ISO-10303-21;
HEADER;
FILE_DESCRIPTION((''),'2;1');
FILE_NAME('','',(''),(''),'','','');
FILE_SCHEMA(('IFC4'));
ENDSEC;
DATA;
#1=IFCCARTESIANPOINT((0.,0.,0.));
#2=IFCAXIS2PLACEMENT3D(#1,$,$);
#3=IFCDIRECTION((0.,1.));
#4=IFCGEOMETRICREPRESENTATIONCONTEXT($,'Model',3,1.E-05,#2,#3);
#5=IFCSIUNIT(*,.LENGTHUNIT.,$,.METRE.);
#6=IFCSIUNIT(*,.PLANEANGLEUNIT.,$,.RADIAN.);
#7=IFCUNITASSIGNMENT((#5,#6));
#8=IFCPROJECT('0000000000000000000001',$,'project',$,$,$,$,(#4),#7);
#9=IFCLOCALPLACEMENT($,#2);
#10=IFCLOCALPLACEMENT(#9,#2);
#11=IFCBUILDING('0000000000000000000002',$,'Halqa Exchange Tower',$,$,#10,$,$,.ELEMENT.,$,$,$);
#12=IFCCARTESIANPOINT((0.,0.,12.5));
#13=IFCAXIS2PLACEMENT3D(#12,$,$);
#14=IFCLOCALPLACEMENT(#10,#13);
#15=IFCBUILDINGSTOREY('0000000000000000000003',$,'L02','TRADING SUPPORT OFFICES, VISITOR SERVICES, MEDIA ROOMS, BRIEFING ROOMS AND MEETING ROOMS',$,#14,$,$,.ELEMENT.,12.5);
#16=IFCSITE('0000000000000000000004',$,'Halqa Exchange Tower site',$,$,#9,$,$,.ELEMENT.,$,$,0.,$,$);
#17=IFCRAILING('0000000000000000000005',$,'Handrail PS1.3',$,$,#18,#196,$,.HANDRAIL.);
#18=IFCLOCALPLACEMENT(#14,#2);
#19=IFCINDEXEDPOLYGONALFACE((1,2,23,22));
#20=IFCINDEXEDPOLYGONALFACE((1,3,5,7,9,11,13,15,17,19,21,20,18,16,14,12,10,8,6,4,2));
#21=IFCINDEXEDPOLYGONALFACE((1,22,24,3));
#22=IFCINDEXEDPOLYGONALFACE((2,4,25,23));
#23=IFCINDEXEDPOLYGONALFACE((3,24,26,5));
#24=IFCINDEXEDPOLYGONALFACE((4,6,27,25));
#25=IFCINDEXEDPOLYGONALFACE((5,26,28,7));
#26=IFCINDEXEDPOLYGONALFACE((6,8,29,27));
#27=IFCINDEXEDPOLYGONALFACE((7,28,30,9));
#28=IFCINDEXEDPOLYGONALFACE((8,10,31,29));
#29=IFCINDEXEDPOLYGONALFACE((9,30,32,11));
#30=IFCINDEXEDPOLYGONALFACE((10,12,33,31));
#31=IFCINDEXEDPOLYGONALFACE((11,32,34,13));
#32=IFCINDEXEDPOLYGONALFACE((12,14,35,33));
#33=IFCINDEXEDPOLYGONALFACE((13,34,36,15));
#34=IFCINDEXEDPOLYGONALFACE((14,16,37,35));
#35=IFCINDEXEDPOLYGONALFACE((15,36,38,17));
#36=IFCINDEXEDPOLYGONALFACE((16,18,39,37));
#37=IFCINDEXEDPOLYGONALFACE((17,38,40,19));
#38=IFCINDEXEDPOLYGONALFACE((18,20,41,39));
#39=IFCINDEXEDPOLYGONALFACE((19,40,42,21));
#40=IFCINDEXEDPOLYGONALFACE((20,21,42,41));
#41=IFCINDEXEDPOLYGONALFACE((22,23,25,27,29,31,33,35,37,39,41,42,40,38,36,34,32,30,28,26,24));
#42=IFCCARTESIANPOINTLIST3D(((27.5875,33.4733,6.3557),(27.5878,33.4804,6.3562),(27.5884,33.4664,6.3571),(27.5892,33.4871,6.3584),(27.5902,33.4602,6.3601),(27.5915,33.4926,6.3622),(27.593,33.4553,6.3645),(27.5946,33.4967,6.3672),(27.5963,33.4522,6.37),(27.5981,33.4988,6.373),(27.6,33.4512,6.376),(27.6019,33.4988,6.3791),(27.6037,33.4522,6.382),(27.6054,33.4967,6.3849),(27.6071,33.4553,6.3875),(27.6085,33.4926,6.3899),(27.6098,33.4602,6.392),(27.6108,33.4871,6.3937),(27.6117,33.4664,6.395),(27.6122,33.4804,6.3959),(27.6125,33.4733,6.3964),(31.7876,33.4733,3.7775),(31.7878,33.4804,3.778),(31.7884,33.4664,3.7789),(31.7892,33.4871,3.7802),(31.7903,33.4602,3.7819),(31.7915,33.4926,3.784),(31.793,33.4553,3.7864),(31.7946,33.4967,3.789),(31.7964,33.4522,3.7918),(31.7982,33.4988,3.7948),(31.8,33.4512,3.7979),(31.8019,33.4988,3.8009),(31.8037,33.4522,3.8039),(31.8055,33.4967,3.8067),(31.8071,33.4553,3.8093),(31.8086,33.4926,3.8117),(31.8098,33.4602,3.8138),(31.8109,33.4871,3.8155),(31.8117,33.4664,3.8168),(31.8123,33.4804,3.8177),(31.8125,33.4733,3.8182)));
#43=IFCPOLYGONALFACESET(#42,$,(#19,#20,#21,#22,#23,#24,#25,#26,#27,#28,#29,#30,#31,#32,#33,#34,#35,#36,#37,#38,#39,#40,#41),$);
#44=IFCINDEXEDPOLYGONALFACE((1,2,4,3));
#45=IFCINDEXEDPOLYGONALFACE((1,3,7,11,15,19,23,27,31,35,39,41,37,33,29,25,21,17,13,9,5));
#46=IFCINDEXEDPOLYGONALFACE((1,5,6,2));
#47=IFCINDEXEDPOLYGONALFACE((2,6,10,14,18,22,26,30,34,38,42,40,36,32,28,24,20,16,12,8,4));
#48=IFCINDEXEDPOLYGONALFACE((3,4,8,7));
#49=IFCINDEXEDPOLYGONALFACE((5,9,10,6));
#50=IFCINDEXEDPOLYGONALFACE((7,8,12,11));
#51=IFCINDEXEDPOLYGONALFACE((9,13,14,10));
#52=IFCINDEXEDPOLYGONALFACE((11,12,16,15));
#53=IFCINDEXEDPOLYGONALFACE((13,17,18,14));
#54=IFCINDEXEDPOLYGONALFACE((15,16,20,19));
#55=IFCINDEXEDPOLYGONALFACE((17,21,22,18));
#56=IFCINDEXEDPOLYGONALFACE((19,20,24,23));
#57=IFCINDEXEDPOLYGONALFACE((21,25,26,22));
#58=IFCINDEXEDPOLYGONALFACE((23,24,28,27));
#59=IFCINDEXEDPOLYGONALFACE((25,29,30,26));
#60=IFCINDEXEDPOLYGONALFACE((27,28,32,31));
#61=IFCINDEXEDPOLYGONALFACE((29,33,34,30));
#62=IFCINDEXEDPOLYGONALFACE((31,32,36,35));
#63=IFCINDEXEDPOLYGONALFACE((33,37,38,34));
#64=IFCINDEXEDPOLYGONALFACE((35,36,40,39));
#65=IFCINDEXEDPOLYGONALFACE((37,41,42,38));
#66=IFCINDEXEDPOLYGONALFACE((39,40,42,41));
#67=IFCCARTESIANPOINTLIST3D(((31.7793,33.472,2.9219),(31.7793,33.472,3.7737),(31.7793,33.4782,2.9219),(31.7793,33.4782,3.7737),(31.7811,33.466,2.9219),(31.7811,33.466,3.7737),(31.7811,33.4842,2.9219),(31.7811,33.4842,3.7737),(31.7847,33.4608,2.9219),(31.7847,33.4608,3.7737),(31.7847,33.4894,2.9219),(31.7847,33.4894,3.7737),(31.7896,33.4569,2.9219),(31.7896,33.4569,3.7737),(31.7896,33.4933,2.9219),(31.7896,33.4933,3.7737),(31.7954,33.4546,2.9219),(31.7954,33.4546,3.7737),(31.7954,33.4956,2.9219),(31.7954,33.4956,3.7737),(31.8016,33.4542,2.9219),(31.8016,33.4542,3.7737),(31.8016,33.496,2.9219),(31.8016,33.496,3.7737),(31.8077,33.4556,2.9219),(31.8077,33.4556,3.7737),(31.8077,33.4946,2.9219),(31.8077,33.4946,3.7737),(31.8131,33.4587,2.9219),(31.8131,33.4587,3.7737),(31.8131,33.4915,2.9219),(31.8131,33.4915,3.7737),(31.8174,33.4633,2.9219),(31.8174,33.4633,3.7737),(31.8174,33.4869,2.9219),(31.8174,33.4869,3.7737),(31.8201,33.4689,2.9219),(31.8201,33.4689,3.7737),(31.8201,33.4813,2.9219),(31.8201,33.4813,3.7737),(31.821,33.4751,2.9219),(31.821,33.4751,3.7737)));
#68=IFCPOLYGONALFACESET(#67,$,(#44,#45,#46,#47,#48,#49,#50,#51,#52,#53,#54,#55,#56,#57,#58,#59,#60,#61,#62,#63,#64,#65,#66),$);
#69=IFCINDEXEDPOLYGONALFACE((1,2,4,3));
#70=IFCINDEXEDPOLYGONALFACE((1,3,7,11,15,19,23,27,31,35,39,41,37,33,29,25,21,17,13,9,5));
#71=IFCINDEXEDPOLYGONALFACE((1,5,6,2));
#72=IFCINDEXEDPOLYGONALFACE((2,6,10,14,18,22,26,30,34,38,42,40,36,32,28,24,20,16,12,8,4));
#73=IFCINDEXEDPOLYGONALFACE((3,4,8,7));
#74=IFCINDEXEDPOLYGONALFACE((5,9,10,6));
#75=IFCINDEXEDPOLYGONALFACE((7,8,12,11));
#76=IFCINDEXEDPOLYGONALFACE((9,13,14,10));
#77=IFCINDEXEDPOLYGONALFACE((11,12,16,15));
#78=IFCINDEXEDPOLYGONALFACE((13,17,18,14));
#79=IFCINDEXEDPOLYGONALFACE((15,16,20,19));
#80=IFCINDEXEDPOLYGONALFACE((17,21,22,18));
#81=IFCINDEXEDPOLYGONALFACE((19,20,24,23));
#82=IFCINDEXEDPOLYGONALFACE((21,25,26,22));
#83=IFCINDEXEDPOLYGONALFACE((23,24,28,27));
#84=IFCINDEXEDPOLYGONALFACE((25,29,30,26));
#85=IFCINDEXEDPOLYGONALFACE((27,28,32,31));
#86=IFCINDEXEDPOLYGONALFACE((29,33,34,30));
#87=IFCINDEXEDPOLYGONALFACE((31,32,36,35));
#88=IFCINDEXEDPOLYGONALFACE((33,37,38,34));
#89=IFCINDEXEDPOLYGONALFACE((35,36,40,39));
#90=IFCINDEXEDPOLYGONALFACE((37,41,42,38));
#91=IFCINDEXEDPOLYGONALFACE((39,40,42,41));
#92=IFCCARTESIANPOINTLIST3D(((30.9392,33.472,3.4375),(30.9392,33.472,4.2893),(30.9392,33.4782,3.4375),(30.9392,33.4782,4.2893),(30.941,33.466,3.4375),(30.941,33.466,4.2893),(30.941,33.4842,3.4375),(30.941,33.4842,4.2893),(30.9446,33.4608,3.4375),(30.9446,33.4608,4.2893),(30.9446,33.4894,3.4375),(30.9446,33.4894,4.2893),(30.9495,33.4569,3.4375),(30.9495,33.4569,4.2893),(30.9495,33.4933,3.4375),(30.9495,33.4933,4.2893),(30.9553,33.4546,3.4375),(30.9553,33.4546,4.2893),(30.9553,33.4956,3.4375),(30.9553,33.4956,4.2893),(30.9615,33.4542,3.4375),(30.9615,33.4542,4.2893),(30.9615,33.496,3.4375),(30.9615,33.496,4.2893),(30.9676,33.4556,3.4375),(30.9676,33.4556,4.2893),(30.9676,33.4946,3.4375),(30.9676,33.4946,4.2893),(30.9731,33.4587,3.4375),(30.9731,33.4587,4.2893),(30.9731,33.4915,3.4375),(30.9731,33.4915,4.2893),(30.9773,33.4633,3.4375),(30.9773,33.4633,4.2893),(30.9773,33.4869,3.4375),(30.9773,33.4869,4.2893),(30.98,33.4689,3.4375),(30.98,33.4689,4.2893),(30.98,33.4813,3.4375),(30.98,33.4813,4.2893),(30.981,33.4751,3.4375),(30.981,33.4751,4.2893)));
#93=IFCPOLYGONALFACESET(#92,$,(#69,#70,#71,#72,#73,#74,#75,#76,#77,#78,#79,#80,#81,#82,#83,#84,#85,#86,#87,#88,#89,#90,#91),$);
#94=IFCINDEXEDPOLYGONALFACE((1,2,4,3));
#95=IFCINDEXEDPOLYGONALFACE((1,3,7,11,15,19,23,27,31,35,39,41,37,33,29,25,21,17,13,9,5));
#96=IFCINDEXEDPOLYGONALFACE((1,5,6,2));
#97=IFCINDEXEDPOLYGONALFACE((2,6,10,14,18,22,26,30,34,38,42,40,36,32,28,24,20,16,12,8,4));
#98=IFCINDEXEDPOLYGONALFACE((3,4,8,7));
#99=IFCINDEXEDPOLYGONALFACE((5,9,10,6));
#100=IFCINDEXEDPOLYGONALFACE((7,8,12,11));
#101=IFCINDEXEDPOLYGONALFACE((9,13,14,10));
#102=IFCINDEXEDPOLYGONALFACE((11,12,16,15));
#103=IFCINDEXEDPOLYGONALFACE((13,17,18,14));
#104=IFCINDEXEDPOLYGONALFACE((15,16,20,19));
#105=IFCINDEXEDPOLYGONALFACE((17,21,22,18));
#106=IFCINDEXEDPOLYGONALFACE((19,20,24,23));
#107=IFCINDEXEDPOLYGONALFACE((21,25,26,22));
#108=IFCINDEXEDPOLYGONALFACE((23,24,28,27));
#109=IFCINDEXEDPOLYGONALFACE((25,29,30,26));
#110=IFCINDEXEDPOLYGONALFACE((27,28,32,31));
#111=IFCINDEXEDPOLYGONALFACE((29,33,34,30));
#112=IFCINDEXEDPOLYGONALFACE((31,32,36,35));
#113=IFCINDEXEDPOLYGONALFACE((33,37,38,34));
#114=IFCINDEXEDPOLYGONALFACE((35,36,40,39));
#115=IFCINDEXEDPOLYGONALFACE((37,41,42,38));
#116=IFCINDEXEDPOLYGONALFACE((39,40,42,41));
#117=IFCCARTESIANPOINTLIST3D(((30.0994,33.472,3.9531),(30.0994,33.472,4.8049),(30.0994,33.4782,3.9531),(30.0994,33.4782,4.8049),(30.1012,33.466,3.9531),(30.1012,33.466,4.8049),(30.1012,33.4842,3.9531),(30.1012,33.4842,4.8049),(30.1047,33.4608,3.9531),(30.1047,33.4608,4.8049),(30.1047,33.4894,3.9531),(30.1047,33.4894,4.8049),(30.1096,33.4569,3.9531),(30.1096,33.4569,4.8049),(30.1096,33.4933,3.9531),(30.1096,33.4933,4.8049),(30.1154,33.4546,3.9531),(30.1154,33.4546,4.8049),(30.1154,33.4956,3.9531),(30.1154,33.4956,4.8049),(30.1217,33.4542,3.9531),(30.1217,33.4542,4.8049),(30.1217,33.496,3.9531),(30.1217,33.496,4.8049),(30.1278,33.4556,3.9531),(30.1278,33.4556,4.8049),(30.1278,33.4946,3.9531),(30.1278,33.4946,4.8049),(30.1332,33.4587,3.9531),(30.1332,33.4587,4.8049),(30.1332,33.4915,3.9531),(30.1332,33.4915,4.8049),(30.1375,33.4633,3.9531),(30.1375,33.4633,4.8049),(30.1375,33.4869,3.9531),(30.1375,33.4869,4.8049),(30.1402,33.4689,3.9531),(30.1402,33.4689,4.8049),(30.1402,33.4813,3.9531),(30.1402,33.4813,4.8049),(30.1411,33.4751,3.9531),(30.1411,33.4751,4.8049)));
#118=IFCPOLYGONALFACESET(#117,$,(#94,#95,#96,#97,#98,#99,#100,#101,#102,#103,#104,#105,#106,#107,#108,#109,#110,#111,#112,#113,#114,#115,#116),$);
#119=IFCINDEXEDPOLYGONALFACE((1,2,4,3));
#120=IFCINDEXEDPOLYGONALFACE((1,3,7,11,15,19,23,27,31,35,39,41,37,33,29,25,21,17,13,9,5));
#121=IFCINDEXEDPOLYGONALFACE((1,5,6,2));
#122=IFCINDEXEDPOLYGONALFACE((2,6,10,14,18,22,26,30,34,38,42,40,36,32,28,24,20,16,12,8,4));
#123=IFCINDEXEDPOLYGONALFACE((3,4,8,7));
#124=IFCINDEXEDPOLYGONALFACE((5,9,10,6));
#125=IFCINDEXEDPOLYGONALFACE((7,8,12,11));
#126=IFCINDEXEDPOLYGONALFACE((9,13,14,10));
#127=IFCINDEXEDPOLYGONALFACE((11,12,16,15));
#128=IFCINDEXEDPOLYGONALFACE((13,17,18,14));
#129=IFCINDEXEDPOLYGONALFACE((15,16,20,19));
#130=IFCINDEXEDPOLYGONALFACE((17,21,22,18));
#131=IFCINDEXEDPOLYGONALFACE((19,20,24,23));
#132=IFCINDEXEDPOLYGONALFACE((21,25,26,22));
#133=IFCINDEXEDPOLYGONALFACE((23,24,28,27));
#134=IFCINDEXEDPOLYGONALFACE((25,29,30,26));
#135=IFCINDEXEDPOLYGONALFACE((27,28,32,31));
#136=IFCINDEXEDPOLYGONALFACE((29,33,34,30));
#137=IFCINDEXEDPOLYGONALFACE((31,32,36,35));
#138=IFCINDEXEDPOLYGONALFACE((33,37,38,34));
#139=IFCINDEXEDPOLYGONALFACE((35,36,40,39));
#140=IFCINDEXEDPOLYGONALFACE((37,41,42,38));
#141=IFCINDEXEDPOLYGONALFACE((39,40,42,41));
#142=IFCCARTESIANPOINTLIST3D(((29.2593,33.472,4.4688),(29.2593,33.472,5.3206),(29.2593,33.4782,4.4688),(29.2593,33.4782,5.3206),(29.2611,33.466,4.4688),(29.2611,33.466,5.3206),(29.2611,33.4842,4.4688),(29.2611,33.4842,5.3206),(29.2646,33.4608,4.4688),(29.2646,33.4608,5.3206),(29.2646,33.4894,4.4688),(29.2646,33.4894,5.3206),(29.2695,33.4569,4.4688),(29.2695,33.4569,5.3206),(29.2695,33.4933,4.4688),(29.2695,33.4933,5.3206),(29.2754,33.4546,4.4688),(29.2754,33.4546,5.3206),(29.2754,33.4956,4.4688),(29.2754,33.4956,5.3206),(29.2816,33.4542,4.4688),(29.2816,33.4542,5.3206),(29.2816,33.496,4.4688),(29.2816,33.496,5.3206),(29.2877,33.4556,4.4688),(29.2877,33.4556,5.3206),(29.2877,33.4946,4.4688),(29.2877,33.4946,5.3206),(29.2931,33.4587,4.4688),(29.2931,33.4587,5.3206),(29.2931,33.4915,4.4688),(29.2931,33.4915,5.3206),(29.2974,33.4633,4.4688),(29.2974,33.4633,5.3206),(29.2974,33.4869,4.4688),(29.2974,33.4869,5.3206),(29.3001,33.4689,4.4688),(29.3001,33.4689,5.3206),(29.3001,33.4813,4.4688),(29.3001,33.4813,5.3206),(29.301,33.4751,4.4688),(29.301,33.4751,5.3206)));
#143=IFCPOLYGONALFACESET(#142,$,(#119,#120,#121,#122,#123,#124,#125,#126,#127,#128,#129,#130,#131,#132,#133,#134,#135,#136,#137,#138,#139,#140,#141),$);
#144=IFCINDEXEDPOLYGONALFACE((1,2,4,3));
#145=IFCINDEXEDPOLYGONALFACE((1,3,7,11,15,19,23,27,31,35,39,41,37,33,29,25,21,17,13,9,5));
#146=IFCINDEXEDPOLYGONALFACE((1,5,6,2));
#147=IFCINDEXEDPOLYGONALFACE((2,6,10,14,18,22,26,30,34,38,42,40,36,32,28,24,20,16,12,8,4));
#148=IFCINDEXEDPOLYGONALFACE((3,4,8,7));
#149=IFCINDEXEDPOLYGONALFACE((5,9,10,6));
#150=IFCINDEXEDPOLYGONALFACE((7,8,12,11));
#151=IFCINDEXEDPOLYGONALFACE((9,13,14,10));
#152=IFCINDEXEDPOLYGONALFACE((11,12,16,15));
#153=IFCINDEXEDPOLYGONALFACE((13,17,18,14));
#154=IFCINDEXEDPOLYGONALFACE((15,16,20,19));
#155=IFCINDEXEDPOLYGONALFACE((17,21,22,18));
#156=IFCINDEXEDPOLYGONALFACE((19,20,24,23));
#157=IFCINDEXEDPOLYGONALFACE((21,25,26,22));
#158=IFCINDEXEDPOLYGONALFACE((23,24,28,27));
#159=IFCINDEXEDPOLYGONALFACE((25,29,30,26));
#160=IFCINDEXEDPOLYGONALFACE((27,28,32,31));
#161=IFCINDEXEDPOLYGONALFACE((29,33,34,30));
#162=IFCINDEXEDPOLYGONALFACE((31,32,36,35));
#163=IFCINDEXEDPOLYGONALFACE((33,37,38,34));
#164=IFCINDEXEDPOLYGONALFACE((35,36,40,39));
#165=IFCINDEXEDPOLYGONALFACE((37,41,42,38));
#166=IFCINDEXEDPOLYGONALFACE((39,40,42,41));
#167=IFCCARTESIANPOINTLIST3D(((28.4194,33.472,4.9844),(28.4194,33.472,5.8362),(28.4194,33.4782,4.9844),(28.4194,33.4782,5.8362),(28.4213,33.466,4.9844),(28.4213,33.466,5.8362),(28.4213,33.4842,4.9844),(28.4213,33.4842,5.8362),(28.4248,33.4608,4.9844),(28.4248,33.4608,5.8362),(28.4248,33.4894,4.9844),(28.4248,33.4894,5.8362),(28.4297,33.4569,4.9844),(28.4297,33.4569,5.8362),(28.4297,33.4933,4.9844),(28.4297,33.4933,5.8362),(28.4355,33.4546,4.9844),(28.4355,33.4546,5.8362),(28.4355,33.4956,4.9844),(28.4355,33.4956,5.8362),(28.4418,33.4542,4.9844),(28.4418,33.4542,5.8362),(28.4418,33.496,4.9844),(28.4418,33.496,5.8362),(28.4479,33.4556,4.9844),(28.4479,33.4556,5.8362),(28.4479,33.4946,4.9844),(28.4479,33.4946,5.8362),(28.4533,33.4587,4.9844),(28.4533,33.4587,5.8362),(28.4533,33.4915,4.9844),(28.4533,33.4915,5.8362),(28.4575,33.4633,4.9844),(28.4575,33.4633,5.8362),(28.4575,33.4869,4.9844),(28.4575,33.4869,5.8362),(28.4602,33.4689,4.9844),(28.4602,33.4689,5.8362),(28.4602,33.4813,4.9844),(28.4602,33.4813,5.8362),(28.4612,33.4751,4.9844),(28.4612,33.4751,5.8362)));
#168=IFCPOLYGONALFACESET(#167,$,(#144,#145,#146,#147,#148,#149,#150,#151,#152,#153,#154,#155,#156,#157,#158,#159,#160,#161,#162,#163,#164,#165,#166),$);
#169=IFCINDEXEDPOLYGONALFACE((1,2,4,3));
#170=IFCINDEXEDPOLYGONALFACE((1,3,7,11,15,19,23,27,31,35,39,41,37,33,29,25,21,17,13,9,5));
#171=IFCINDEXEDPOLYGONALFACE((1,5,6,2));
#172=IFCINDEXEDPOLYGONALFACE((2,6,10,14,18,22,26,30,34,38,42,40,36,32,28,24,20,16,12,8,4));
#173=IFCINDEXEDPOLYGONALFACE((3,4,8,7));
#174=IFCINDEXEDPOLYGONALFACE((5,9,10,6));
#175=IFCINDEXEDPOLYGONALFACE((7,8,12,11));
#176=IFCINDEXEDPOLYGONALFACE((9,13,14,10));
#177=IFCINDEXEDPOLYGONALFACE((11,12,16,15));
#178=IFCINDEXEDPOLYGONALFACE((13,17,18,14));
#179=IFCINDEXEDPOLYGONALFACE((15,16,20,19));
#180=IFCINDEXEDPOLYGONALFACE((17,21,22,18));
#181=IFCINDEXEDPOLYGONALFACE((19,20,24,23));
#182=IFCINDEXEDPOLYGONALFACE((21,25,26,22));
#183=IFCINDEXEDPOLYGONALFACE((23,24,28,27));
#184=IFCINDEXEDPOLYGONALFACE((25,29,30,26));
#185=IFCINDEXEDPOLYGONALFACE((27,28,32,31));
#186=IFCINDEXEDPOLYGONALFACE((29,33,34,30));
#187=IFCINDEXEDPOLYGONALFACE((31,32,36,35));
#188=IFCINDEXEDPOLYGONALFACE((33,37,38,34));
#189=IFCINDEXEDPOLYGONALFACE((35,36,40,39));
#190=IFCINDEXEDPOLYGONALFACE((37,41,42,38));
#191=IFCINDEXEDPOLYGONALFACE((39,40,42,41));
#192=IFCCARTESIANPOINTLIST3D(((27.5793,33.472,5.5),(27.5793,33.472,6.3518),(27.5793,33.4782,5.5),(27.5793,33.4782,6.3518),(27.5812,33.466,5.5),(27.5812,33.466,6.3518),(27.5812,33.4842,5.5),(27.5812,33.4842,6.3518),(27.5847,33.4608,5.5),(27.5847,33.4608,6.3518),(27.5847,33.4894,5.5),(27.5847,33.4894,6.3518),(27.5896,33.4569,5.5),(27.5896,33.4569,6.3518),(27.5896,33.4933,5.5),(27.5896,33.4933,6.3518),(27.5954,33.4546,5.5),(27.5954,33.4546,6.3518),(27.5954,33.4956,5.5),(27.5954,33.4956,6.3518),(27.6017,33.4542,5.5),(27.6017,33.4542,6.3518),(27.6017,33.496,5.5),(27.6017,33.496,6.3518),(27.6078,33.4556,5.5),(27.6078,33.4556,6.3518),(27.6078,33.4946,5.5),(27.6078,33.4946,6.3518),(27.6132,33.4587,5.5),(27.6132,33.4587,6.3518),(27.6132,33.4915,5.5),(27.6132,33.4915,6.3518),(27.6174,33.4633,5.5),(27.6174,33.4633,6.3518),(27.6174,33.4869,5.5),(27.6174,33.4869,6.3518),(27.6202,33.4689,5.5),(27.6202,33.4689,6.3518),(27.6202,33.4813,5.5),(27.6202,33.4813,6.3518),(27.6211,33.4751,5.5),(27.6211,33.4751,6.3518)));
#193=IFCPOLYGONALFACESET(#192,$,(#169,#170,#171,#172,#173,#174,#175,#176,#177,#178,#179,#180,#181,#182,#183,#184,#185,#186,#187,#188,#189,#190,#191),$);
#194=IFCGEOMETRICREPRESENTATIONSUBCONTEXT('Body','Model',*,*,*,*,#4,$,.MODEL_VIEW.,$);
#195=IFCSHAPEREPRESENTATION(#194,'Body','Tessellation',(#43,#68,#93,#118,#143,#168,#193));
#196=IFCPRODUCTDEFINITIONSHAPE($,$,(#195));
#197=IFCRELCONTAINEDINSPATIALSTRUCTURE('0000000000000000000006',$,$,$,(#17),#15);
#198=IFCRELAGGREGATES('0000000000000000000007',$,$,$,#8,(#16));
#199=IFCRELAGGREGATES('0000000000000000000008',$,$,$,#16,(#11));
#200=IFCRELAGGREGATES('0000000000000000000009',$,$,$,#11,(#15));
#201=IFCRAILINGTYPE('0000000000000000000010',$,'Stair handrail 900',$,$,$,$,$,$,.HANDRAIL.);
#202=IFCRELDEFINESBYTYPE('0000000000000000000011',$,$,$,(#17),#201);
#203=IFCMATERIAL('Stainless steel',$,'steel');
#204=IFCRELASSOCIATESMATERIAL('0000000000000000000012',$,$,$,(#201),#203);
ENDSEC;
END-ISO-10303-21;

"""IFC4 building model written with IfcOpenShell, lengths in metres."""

from ifc_helpers import new_model, si_unit, direction, frame, origin, origin_2d, place, context, subcontext, project, spatial, circle, extrude, material, type_object, element, save


model = new_model("IFC4")

# Units and contexts
model_context = context("Model", 3, precision=1e-05, world=origin(), true_north=direction((0.0, 1.0)))
body_context = subcontext(model_context, "Body", "Model", "MODEL_VIEW")
ifc_project = project(units=[si_unit("LENGTHUNIT", "METRE"), si_unit("PLANEANGLEUNIT", "RADIAN")], contexts=[model_context])

# Site, building, storey
site_placement = place(None, origin())
site = spatial("IfcSite", under=ifc_project, at=site_placement, Name="Halqa Exchange Tower site", CompositionType="ELEMENT", RefElevation=0.0)
building_placement = place(site_placement, origin())
building = spatial("IfcBuilding", under=site, at=building_placement, Name="Halqa Exchange Tower", CompositionType="ELEMENT")
storey_placement = place(building_placement, frame((0.0, 0.0, 12.5)))
storey = spatial("IfcBuildingStorey", under=building, at=storey_placement, Name="L02", Description="TRADING SUPPORT OFFICES, VISITOR SERVICES, MEDIA ROOMS, BRIEFING ROOMS AND MEETING ROOMS", CompositionType="ELEMENT", Elevation=12.5)

# Railing
ifc_material_1 = material(Name="Stainless steel", Category="steel")
railing_type = type_object("IfcRailingType", Name="Stair handrail 900", PredefinedType="HANDRAIL", material=ifc_material_1)
railing_1_placement = place(storey_placement, frame((31.8, 33.4751, 2.9219)))
element("IfcRailing", 1, at=railing_1_placement, inside=storey, type_object=railing_type, Name="Handrail PS1.3", PredefinedType="HANDRAIL", context=body_context, shape_type="SweptSolid", body=[
    extrude(circle(Radius=0.0239, at=origin_2d()), frame((0.0, 0.0, 0.876), z_axis=(-0.852243, 0.0, 0.523146), x_axis=(0.0, -1.0, 0.0)), (0.0, 0.0, 1.0), 4.9282),
    extrude(circle(Radius=0.021, at=origin_2d()), origin(), (0.0, 0.0, 1.0), 0.8518),
    extrude(circle(Radius=0.021, at=origin_2d()), frame((-0.8401, 0.0, 0.5156)), (0.0, 0.0, 1.0), 0.8518),
    extrude(circle(Radius=0.021, at=origin_2d()), frame((-1.6799, 0.0, 1.0312)), (0.0, 0.0, 1.0), 0.8518),
    extrude(circle(Radius=0.021, at=origin_2d()), frame((-2.52, 0.0, 1.5469)), (0.0, 0.0, 1.0), 0.8518),
    extrude(circle(Radius=0.021, at=origin_2d()), frame((-3.3599, 0.0, 2.0625)), (0.0, 0.0, 1.0), 0.8518),
    extrude(circle(Radius=0.021, at=origin_2d()), frame((-4.2, 0.0, 2.5781)), (0.0, 0.0, 1.0), 0.8518),
])

save(model, "model.ifc")
